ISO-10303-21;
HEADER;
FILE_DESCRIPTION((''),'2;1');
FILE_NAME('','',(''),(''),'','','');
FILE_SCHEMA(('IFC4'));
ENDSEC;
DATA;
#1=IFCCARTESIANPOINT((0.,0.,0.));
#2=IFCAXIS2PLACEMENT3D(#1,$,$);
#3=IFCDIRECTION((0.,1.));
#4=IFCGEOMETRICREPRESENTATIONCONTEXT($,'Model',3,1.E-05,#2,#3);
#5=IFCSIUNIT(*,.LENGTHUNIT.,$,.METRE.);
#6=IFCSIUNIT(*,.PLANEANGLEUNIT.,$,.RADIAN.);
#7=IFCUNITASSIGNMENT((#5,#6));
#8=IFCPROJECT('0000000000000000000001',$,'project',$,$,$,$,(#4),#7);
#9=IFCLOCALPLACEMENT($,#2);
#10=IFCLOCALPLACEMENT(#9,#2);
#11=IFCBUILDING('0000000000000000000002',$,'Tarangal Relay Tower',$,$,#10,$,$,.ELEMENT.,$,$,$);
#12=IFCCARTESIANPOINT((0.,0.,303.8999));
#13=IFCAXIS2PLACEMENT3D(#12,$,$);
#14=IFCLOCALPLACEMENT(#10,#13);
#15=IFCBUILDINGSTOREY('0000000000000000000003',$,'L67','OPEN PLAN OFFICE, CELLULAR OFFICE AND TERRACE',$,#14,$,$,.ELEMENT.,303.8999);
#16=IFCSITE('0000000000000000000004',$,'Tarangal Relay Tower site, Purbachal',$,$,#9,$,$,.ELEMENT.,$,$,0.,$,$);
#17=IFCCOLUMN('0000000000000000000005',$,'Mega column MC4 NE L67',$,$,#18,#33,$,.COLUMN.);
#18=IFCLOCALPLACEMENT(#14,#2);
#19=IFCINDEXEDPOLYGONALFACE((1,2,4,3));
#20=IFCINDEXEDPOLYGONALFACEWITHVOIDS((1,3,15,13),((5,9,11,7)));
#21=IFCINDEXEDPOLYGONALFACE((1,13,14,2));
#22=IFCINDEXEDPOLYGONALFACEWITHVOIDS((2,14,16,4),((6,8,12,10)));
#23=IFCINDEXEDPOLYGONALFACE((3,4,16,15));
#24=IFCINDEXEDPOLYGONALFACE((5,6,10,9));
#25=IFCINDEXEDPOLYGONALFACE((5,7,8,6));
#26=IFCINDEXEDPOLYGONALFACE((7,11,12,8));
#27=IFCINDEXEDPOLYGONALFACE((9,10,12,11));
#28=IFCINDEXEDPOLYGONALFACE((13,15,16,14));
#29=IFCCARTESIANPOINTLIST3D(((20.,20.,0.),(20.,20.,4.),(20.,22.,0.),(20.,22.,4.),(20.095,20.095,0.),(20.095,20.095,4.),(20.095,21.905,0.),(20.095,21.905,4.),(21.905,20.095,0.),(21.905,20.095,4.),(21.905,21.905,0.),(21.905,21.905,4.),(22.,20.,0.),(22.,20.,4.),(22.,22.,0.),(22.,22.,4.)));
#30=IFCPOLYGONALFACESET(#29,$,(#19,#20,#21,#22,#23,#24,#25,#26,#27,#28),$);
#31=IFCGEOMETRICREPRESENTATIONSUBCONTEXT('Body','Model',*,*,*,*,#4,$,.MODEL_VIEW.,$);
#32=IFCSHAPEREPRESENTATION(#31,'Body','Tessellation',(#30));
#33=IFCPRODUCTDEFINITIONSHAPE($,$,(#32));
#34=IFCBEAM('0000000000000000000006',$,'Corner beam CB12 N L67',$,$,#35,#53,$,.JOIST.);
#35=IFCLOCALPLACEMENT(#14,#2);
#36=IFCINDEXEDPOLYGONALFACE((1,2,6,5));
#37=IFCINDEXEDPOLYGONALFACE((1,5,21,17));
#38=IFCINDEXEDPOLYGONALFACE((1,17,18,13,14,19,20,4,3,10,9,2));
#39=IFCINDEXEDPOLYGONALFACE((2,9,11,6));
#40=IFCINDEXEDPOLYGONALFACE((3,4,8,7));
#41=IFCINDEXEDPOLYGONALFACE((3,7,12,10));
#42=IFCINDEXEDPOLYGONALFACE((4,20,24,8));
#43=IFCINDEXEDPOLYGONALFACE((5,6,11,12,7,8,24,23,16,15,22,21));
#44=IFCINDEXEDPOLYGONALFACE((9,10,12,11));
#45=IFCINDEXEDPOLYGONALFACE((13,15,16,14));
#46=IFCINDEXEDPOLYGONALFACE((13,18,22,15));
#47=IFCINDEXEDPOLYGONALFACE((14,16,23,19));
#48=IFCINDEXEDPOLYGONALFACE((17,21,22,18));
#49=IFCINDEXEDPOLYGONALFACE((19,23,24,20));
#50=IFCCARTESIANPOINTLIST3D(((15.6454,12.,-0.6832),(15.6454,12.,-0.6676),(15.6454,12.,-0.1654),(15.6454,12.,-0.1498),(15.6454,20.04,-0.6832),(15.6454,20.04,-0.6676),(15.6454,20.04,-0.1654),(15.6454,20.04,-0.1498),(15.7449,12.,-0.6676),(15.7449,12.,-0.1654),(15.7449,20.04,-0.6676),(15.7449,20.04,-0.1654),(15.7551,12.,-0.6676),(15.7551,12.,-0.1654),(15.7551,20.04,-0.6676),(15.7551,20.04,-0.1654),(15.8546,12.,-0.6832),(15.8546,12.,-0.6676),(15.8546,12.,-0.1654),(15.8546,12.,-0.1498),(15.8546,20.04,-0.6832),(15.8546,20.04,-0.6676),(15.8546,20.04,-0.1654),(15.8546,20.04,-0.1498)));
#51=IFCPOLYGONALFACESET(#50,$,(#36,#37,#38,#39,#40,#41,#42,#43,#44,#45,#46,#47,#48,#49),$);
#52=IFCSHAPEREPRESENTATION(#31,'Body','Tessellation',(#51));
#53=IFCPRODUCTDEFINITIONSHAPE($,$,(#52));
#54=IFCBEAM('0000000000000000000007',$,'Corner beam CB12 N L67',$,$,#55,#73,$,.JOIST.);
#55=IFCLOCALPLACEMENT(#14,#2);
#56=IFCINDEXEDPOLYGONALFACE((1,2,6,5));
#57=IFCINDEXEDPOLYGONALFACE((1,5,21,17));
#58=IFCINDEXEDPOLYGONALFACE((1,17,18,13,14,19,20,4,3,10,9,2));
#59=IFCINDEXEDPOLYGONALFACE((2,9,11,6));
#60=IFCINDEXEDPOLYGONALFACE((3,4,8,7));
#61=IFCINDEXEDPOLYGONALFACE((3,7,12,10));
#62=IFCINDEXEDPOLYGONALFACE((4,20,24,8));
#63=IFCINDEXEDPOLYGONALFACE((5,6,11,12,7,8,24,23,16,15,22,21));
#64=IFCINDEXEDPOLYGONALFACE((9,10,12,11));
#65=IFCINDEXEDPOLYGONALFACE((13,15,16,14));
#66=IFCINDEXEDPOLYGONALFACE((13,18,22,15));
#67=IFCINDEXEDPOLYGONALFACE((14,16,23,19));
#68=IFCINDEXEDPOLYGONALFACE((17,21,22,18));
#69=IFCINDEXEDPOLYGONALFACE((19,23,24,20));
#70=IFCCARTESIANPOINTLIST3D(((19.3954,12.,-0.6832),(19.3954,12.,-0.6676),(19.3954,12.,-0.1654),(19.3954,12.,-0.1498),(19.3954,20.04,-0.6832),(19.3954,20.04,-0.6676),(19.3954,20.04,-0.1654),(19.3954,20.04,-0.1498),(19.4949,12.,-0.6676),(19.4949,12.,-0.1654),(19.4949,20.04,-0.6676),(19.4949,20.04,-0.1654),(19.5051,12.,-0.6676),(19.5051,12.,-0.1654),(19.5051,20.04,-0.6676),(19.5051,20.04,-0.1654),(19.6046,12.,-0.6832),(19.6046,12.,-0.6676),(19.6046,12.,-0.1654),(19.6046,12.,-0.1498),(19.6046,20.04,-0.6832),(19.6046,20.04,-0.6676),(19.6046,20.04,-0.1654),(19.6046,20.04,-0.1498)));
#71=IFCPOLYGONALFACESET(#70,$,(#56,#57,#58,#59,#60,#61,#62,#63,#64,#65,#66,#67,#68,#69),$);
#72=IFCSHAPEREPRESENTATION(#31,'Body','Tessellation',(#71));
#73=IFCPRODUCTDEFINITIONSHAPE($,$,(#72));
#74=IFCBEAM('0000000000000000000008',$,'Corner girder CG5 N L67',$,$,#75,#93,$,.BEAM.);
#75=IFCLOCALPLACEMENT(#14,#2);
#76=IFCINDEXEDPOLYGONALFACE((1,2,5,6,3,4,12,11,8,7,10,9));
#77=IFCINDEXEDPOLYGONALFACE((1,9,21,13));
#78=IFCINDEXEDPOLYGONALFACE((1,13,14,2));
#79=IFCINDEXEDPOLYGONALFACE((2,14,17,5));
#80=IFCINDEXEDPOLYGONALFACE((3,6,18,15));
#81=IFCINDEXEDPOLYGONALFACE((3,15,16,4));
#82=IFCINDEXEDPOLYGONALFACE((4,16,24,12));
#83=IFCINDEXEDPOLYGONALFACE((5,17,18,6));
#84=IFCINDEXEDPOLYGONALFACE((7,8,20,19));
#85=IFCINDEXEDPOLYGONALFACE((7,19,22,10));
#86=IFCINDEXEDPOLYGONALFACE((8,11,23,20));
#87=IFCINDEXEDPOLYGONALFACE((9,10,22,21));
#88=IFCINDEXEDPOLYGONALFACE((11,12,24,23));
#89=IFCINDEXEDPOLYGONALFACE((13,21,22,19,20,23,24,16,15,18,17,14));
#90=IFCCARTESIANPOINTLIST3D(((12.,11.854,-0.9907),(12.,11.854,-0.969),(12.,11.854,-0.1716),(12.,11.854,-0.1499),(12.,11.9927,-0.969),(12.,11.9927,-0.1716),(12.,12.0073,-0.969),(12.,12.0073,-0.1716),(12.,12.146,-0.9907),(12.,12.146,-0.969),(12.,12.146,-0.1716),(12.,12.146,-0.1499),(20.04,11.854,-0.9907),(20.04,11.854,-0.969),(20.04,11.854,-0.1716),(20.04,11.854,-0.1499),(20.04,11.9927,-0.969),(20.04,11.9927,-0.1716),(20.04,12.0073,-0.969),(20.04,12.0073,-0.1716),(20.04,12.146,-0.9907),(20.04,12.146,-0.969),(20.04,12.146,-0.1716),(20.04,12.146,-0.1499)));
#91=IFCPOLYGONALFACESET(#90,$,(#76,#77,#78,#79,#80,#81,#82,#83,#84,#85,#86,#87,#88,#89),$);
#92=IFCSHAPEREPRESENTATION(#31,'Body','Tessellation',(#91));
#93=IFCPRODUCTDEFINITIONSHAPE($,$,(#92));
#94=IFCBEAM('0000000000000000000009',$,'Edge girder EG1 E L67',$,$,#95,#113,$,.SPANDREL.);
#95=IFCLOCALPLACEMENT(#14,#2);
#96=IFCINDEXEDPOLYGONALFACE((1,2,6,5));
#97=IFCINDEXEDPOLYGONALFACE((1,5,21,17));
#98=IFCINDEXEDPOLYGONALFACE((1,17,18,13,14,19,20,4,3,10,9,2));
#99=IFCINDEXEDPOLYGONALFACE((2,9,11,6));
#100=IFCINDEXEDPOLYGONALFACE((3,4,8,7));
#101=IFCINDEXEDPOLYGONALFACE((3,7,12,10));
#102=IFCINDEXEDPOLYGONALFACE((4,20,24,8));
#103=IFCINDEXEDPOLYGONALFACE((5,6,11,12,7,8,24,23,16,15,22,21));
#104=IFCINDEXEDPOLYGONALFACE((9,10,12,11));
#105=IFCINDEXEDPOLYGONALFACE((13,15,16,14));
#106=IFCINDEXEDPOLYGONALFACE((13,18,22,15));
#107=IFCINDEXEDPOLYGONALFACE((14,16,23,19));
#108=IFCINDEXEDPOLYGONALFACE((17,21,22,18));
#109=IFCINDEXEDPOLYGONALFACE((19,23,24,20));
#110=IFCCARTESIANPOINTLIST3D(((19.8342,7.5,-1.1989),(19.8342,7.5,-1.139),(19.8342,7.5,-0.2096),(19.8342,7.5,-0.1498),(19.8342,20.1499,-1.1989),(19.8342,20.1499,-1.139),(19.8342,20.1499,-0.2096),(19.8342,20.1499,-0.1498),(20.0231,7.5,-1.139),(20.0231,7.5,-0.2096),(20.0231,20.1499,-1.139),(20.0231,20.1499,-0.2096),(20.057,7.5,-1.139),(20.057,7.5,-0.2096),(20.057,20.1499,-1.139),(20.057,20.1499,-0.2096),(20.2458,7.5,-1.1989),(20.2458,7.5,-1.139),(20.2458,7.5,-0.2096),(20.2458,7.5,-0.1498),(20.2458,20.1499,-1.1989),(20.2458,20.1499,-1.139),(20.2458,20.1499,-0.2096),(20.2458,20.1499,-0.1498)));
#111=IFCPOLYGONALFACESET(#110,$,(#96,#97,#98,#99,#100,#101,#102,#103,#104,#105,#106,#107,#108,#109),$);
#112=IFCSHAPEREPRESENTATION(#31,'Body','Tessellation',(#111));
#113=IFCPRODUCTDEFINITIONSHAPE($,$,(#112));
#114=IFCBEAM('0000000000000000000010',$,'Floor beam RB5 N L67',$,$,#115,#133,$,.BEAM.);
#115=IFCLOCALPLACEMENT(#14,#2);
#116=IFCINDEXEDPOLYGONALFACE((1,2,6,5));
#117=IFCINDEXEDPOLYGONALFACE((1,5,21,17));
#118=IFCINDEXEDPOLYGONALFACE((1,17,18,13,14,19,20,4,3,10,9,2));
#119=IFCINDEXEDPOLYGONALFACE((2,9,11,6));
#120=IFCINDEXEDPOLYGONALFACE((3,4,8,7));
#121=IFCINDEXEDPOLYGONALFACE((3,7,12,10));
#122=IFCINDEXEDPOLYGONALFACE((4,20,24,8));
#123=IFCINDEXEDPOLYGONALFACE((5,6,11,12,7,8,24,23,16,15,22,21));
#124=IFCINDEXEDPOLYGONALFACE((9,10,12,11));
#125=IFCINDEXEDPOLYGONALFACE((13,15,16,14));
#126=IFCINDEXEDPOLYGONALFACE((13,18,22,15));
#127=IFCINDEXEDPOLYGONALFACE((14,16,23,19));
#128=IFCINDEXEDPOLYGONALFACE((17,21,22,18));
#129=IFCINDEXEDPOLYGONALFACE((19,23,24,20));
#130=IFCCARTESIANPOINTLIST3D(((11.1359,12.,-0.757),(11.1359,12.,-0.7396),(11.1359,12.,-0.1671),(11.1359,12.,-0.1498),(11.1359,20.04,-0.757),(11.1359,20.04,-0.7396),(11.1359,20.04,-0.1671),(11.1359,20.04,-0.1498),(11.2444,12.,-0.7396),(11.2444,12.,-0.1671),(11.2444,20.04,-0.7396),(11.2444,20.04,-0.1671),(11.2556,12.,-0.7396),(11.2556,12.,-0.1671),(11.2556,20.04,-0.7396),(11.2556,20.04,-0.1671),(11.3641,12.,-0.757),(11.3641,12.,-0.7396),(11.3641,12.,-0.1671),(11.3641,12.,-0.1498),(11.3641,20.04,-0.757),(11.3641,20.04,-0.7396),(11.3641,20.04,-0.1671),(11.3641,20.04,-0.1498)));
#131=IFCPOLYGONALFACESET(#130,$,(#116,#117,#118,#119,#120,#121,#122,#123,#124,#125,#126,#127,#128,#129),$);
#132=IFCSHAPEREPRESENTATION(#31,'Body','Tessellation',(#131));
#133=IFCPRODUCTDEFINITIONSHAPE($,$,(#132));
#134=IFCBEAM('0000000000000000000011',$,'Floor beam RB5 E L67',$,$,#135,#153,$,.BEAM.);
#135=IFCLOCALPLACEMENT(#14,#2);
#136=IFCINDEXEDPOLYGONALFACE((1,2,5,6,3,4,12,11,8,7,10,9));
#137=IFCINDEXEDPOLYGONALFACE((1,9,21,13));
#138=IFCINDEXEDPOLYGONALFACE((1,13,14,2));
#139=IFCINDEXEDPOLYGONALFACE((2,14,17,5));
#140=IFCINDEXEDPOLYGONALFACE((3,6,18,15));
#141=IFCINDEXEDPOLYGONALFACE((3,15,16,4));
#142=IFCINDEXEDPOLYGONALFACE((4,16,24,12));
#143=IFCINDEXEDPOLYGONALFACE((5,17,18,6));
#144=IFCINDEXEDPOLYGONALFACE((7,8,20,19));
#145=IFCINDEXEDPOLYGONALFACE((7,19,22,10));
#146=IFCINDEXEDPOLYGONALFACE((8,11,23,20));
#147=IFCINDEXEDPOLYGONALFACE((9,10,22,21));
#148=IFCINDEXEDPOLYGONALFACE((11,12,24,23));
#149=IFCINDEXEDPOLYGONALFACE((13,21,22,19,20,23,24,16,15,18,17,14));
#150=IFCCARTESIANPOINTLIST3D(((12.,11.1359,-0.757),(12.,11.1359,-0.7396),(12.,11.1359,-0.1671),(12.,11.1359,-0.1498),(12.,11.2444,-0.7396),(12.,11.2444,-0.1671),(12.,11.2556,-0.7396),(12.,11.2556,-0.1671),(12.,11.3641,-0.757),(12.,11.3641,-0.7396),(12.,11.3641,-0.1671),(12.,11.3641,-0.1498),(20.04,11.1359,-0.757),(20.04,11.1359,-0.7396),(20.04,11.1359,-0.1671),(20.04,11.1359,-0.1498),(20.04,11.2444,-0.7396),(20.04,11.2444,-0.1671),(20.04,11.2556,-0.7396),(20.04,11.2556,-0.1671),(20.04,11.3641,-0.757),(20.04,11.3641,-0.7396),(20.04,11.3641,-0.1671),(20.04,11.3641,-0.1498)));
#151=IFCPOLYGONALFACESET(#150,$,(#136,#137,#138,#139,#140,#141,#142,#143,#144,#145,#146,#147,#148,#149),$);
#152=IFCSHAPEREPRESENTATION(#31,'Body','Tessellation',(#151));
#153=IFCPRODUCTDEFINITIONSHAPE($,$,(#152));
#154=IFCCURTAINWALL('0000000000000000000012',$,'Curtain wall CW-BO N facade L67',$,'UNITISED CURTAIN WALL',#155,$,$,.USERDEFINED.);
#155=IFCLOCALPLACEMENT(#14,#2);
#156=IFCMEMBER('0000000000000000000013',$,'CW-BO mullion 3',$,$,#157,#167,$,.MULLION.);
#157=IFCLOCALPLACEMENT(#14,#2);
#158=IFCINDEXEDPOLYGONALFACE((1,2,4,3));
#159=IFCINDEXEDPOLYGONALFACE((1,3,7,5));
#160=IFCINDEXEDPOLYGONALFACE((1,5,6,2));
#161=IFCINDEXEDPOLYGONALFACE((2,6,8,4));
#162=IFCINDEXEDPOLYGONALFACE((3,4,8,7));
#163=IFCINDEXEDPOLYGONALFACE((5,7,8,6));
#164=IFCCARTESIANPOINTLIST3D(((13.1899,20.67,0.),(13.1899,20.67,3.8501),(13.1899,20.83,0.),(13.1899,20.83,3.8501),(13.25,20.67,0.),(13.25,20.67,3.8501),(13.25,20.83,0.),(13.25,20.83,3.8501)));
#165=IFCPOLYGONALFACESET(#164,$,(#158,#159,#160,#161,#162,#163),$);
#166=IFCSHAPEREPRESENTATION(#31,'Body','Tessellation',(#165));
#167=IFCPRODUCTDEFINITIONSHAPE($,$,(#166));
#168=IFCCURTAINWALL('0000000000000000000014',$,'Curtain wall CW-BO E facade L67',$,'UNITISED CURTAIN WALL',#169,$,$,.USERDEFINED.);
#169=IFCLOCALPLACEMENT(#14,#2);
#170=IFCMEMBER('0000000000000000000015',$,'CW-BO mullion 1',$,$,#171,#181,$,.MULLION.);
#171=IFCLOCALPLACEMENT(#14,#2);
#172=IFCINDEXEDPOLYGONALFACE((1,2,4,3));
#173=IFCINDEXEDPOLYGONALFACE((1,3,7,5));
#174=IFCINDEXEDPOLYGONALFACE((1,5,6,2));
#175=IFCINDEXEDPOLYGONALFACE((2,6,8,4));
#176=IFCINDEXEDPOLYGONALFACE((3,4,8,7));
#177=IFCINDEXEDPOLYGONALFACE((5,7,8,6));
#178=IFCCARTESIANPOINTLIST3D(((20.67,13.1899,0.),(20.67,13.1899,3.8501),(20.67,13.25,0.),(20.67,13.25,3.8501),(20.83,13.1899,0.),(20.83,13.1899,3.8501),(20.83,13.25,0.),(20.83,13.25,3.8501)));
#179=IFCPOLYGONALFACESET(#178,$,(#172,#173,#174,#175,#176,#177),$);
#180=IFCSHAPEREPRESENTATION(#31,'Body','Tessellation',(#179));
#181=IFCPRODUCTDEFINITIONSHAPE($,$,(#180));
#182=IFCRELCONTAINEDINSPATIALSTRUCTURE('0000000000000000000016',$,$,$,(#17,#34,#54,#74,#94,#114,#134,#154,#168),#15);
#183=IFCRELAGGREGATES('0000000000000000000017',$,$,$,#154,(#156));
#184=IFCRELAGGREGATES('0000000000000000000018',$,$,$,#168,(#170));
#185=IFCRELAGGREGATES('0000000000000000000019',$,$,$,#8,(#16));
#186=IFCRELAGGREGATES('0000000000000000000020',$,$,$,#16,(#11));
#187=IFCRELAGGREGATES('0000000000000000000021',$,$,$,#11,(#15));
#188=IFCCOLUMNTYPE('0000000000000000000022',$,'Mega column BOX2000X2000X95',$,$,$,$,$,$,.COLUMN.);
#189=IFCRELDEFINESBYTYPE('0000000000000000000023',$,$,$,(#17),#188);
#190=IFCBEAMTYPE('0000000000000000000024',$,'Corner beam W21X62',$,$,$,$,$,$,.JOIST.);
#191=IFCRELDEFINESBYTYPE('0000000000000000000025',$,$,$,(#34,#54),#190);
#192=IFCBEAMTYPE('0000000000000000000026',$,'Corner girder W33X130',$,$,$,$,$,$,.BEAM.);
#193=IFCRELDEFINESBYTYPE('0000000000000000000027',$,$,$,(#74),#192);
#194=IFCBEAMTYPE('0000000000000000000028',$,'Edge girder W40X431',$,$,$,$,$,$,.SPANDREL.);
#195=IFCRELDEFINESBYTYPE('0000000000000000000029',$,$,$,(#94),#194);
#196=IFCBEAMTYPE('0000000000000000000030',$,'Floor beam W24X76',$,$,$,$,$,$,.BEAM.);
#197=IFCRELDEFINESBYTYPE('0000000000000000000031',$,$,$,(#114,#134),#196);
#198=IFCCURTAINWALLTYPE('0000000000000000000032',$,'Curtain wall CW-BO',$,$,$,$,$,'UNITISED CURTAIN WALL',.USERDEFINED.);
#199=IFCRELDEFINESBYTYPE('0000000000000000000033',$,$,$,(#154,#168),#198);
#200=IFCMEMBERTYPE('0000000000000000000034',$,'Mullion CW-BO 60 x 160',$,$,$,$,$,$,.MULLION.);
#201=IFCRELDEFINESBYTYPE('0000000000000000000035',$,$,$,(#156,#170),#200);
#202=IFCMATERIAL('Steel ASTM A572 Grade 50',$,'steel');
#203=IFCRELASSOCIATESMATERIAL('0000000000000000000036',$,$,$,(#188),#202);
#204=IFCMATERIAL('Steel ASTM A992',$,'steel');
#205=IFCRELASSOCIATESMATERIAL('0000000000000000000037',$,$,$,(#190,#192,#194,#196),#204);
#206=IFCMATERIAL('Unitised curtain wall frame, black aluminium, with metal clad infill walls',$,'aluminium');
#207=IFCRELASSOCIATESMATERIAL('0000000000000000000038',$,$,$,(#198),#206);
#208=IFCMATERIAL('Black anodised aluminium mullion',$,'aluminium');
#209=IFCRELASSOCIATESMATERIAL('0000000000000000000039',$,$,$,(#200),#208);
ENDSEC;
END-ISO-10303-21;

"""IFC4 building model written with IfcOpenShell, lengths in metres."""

from ifc_helpers import new_model, si_unit, direction, frame, origin, origin_2d, place, context, subcontext, project, spatial, rectangle, hollow_rectangle, i_section, extrude, material, material_profile, profile_set, type_object, element, aggregate, save


model = new_model("IFC4")

# Units and contexts
model_context = context("Model", 3, precision=1e-05, world=origin(), true_north=direction((0.0, 1.0)))
body_context = subcontext(model_context, "Body", "Model", "MODEL_VIEW")
ifc_project = project(units=[si_unit("LENGTHUNIT", "METRE"), si_unit("PLANEANGLEUNIT", "RADIAN")], contexts=[model_context])

# Site, building, storey
site_placement = place(None, origin())
site = spatial("IfcSite", under=ifc_project, at=site_placement, Name="Tarangal Relay Tower site, Purbachal", CompositionType="ELEMENT", RefElevation=0.0)
building_placement = place(site_placement, origin())
building = spatial("IfcBuilding", under=site, at=building_placement, Name="Tarangal Relay Tower", CompositionType="ELEMENT")
storey_placement = place(building_placement, frame((0.0, 0.0, 303.8999)))
storey = spatial("IfcBuildingStorey", under=building, at=storey_placement, Name="L67", Description="OPEN PLAN OFFICE, CELLULAR OFFICE AND TERRACE", CompositionType="ELEMENT", Elevation=303.8999)

# Column
ifc_material_1 = material(Name="Steel ASTM A572 Grade 50", Category="steel")
ifc_material_profile_1 = material_profile(ifc_material_1, hollow_rectangle(XDim=2.0, YDim=2.0, WallThickness=0.095, at=origin_2d()), Name="BOX2000X2000X95")
ifc_profile_set_1 = profile_set([ifc_material_profile_1], Name="Steel ASTM A572 Grade 50")
column_type = type_object("IfcColumnType", Name="Mega column BOX2000X2000X95", PredefinedType="COLUMN", material=ifc_profile_set_1)
column_placement = place(storey_placement, frame((21.0, 21.0, 0.0), z_axis=(0.0, 0.0, 1.0), x_axis=(1.0, 0.0, 0.0)))
element("IfcColumn", 1, at=column_placement, inside=storey, type_object=column_type, Name="Mega column MC4 NE L67", PredefinedType="COLUMN", context=body_context, shape_type="SweptSolid", body=[
    extrude(hollow_rectangle(XDim=2.0, YDim=2.0, WallThickness=0.095, at=origin_2d()), origin(), (0.0, 0.0, 1.0), 4.0),
])

# Beams
ifc_material_2 = material(Name="Steel ASTM A992", Category="steel")
ifc_material_profile_2 = material_profile(ifc_material_2, i_section(OverallWidth=0.2092, OverallDepth=0.5334, WebThickness=0.0103, FlangeThickness=0.0156, at=origin_2d()), Name="W21X62")
ifc_profile_set_2 = profile_set([ifc_material_profile_2], Name="Steel ASTM A992")
beam_type_1 = type_object("IfcBeamType", Name="Corner beam W21X62", PredefinedType="JOIST", material=ifc_profile_set_2)
for number, where, z_axis, x_axis, name in (
    (2, (15.75, 12.0, -0.4165), (0.0, 1.0, 0.0), (-1.0, 0.0, 0.0), "Corner beam CB12 N L67"),
    (3, (19.5, 12.0, -0.4165), (0.0, 1.0, 0.0), (-1.0, 0.0, 0.0), "Corner beam CB12 N L67"),
):
    element("IfcBeam", number, at=place(storey_placement, frame(where, z_axis=z_axis, x_axis=x_axis)), inside=storey, type_object=beam_type_1, Name=name, PredefinedType="JOIST", context=body_context, shape_type="SweptSolid", body=[
        extrude(i_section(OverallWidth=0.2092, OverallDepth=0.5334, WebThickness=0.0103, FlangeThickness=0.0156, at=origin_2d()), origin(), (0.0, 0.0, 1.0), 8.04),
    ])
ifc_material_profile_3 = material_profile(ifc_material_2, i_section(OverallWidth=0.292, OverallDepth=0.8408, WebThickness=0.0146, FlangeThickness=0.0217, at=origin_2d()), Name="W33X130")
ifc_profile_set_3 = profile_set([ifc_material_profile_3], Name="Steel ASTM A992")
beam_type_2 = type_object("IfcBeamType", Name="Corner girder W33X130", PredefinedType="BEAM", material=ifc_profile_set_3)
beam_1_placement = place(storey_placement, frame((12.0, 12.0, -0.5703), z_axis=(1.0, 0.0, 0.0), x_axis=(0.0, 1.0, 0.0)))
element("IfcBeam", 4, at=beam_1_placement, inside=storey, type_object=beam_type_2, Name="Corner girder CG5 N L67", PredefinedType="BEAM", context=body_context, shape_type="SweptSolid", body=[
    extrude(i_section(OverallWidth=0.292, OverallDepth=0.8408, WebThickness=0.0146, FlangeThickness=0.0217, at=origin_2d()), origin(), (0.0, 0.0, 1.0), 8.04),
])
ifc_material_profile_4 = material_profile(ifc_material_2, i_section(OverallWidth=0.4116, OverallDepth=1.0491, WebThickness=0.0339, FlangeThickness=0.0598, at=origin_2d()), Name="W40X431")
ifc_profile_set_4 = profile_set([ifc_material_profile_4], Name="Steel ASTM A992")
beam_type_3 = type_object("IfcBeamType", Name="Edge girder W40X431", PredefinedType="SPANDREL", material=ifc_profile_set_4)
beam_2_placement = place(storey_placement, frame((20.04, 20.1499, -0.6743), z_axis=(0.0, -1.0, 0.0), x_axis=(1.0, 0.0, 0.0)))
element("IfcBeam", 5, at=beam_2_placement, inside=storey, type_object=beam_type_3, Name="Edge girder EG1 E L67", PredefinedType="SPANDREL", context=body_context, shape_type="SweptSolid", body=[
    extrude(i_section(OverallWidth=0.4116, OverallDepth=1.0491, WebThickness=0.0339, FlangeThickness=0.0598, at=origin_2d()), origin(), (0.0, 0.0, 1.0), 12.6499),
])
ifc_material_profile_5 = material_profile(ifc_material_2, i_section(OverallWidth=0.2283, OverallDepth=0.6072, WebThickness=0.0112, FlangeThickness=0.0173, at=origin_2d()), Name="W24X76")
ifc_profile_set_5 = profile_set([ifc_material_profile_5], Name="Steel ASTM A992")
beam_type_4 = type_object("IfcBeamType", Name="Floor beam W24X76", PredefinedType="BEAM", material=ifc_profile_set_5)
for number, where, z_axis, x_axis, name in (
    (6, (11.25, 12.0, -0.4534), (0.0, 1.0, 0.0), (-1.0, 0.0, 0.0), "Floor beam RB5 N L67"),
    (7, (12.0, 11.25, -0.4534), (1.0, 0.0, 0.0), (0.0, 1.0, 0.0), "Floor beam RB5 E L67"),
):
    element("IfcBeam", number, at=place(storey_placement, frame(where, z_axis=z_axis, x_axis=x_axis)), inside=storey, type_object=beam_type_4, Name=name, PredefinedType="BEAM", context=body_context, shape_type="SweptSolid", body=[
        extrude(i_section(OverallWidth=0.2283, OverallDepth=0.6072, WebThickness=0.0112, FlangeThickness=0.0173, at=origin_2d()), origin(), (0.0, 0.0, 1.0), 8.04),
    ])

# Curtain wall, member
ifc_material_3 = material(Name="Unitised curtain wall frame, black aluminium, with metal clad infill walls", Category="aluminium")
curtain_wall_type = type_object("IfcCurtainWallType", Name="Curtain wall CW-BO", ElementType="UNITISED CURTAIN WALL", PredefinedType="USERDEFINED", material=ifc_material_3)
curtain_wall_1_placement = place(storey_placement, origin())
curtain_wall_1 = element("IfcCurtainWall", 8, at=curtain_wall_1_placement, inside=storey, type_object=curtain_wall_type, Name="Curtain wall CW-BO N facade L67", ObjectType="UNITISED CURTAIN WALL", PredefinedType="USERDEFINED")
ifc_material_4 = material(Name="Black anodised aluminium mullion", Category="aluminium")
ifc_material_profile_6 = material_profile(ifc_material_4, rectangle(XDim=0.1599, YDim=0.0601, at=origin_2d()), Name="CW-BOM 60X160")
ifc_profile_set_6 = profile_set([ifc_material_profile_6], Name="Black anodised aluminium mullion")
member_type_1 = type_object("IfcMemberType", Name="Mullion CW-BO 60 x 160", PredefinedType="MULLION", material=ifc_profile_set_6)
member_1_placement = place(storey_placement, frame((13.22, 20.75, 0.0), z_axis=(0.0, 0.0, 1.0), x_axis=(0.0, 1.0, 0.0)))
member_1 = element("IfcMember", 9, at=member_1_placement, type_object=member_type_1, Name="CW-BO mullion 3", PredefinedType="MULLION", context=body_context, shape_type="SweptSolid", body=[
    extrude(rectangle(XDim=0.1599, YDim=0.0601, at=origin_2d()), origin(), (0.0, 0.0, 1.0), 3.8501),
])

# Curtain wall, member
curtain_wall_2_placement = place(storey_placement, origin())
curtain_wall_2 = element("IfcCurtainWall", 10, at=curtain_wall_2_placement, inside=storey, type_object=curtain_wall_type, Name="Curtain wall CW-BO E facade L67", ObjectType="UNITISED CURTAIN WALL", PredefinedType="USERDEFINED")
member_2_placement = place(storey_placement, frame((20.75, 13.22, 0.0), z_axis=(0.0, 0.0, 1.0), x_axis=(1.0, 0.0, 0.0)))
member_2 = element("IfcMember", 11, at=member_2_placement, type_object=member_type_1, Name="CW-BO mullion 1", PredefinedType="MULLION", context=body_context, shape_type="SweptSolid", body=[
    extrude(rectangle(XDim=0.1599, YDim=0.0601, at=origin_2d()), origin(), (0.0, 0.0, 1.0), 3.8501),
])

aggregate(curtain_wall_1, [member_1])
aggregate(curtain_wall_2, [member_2])

save(model, "model.ifc")
